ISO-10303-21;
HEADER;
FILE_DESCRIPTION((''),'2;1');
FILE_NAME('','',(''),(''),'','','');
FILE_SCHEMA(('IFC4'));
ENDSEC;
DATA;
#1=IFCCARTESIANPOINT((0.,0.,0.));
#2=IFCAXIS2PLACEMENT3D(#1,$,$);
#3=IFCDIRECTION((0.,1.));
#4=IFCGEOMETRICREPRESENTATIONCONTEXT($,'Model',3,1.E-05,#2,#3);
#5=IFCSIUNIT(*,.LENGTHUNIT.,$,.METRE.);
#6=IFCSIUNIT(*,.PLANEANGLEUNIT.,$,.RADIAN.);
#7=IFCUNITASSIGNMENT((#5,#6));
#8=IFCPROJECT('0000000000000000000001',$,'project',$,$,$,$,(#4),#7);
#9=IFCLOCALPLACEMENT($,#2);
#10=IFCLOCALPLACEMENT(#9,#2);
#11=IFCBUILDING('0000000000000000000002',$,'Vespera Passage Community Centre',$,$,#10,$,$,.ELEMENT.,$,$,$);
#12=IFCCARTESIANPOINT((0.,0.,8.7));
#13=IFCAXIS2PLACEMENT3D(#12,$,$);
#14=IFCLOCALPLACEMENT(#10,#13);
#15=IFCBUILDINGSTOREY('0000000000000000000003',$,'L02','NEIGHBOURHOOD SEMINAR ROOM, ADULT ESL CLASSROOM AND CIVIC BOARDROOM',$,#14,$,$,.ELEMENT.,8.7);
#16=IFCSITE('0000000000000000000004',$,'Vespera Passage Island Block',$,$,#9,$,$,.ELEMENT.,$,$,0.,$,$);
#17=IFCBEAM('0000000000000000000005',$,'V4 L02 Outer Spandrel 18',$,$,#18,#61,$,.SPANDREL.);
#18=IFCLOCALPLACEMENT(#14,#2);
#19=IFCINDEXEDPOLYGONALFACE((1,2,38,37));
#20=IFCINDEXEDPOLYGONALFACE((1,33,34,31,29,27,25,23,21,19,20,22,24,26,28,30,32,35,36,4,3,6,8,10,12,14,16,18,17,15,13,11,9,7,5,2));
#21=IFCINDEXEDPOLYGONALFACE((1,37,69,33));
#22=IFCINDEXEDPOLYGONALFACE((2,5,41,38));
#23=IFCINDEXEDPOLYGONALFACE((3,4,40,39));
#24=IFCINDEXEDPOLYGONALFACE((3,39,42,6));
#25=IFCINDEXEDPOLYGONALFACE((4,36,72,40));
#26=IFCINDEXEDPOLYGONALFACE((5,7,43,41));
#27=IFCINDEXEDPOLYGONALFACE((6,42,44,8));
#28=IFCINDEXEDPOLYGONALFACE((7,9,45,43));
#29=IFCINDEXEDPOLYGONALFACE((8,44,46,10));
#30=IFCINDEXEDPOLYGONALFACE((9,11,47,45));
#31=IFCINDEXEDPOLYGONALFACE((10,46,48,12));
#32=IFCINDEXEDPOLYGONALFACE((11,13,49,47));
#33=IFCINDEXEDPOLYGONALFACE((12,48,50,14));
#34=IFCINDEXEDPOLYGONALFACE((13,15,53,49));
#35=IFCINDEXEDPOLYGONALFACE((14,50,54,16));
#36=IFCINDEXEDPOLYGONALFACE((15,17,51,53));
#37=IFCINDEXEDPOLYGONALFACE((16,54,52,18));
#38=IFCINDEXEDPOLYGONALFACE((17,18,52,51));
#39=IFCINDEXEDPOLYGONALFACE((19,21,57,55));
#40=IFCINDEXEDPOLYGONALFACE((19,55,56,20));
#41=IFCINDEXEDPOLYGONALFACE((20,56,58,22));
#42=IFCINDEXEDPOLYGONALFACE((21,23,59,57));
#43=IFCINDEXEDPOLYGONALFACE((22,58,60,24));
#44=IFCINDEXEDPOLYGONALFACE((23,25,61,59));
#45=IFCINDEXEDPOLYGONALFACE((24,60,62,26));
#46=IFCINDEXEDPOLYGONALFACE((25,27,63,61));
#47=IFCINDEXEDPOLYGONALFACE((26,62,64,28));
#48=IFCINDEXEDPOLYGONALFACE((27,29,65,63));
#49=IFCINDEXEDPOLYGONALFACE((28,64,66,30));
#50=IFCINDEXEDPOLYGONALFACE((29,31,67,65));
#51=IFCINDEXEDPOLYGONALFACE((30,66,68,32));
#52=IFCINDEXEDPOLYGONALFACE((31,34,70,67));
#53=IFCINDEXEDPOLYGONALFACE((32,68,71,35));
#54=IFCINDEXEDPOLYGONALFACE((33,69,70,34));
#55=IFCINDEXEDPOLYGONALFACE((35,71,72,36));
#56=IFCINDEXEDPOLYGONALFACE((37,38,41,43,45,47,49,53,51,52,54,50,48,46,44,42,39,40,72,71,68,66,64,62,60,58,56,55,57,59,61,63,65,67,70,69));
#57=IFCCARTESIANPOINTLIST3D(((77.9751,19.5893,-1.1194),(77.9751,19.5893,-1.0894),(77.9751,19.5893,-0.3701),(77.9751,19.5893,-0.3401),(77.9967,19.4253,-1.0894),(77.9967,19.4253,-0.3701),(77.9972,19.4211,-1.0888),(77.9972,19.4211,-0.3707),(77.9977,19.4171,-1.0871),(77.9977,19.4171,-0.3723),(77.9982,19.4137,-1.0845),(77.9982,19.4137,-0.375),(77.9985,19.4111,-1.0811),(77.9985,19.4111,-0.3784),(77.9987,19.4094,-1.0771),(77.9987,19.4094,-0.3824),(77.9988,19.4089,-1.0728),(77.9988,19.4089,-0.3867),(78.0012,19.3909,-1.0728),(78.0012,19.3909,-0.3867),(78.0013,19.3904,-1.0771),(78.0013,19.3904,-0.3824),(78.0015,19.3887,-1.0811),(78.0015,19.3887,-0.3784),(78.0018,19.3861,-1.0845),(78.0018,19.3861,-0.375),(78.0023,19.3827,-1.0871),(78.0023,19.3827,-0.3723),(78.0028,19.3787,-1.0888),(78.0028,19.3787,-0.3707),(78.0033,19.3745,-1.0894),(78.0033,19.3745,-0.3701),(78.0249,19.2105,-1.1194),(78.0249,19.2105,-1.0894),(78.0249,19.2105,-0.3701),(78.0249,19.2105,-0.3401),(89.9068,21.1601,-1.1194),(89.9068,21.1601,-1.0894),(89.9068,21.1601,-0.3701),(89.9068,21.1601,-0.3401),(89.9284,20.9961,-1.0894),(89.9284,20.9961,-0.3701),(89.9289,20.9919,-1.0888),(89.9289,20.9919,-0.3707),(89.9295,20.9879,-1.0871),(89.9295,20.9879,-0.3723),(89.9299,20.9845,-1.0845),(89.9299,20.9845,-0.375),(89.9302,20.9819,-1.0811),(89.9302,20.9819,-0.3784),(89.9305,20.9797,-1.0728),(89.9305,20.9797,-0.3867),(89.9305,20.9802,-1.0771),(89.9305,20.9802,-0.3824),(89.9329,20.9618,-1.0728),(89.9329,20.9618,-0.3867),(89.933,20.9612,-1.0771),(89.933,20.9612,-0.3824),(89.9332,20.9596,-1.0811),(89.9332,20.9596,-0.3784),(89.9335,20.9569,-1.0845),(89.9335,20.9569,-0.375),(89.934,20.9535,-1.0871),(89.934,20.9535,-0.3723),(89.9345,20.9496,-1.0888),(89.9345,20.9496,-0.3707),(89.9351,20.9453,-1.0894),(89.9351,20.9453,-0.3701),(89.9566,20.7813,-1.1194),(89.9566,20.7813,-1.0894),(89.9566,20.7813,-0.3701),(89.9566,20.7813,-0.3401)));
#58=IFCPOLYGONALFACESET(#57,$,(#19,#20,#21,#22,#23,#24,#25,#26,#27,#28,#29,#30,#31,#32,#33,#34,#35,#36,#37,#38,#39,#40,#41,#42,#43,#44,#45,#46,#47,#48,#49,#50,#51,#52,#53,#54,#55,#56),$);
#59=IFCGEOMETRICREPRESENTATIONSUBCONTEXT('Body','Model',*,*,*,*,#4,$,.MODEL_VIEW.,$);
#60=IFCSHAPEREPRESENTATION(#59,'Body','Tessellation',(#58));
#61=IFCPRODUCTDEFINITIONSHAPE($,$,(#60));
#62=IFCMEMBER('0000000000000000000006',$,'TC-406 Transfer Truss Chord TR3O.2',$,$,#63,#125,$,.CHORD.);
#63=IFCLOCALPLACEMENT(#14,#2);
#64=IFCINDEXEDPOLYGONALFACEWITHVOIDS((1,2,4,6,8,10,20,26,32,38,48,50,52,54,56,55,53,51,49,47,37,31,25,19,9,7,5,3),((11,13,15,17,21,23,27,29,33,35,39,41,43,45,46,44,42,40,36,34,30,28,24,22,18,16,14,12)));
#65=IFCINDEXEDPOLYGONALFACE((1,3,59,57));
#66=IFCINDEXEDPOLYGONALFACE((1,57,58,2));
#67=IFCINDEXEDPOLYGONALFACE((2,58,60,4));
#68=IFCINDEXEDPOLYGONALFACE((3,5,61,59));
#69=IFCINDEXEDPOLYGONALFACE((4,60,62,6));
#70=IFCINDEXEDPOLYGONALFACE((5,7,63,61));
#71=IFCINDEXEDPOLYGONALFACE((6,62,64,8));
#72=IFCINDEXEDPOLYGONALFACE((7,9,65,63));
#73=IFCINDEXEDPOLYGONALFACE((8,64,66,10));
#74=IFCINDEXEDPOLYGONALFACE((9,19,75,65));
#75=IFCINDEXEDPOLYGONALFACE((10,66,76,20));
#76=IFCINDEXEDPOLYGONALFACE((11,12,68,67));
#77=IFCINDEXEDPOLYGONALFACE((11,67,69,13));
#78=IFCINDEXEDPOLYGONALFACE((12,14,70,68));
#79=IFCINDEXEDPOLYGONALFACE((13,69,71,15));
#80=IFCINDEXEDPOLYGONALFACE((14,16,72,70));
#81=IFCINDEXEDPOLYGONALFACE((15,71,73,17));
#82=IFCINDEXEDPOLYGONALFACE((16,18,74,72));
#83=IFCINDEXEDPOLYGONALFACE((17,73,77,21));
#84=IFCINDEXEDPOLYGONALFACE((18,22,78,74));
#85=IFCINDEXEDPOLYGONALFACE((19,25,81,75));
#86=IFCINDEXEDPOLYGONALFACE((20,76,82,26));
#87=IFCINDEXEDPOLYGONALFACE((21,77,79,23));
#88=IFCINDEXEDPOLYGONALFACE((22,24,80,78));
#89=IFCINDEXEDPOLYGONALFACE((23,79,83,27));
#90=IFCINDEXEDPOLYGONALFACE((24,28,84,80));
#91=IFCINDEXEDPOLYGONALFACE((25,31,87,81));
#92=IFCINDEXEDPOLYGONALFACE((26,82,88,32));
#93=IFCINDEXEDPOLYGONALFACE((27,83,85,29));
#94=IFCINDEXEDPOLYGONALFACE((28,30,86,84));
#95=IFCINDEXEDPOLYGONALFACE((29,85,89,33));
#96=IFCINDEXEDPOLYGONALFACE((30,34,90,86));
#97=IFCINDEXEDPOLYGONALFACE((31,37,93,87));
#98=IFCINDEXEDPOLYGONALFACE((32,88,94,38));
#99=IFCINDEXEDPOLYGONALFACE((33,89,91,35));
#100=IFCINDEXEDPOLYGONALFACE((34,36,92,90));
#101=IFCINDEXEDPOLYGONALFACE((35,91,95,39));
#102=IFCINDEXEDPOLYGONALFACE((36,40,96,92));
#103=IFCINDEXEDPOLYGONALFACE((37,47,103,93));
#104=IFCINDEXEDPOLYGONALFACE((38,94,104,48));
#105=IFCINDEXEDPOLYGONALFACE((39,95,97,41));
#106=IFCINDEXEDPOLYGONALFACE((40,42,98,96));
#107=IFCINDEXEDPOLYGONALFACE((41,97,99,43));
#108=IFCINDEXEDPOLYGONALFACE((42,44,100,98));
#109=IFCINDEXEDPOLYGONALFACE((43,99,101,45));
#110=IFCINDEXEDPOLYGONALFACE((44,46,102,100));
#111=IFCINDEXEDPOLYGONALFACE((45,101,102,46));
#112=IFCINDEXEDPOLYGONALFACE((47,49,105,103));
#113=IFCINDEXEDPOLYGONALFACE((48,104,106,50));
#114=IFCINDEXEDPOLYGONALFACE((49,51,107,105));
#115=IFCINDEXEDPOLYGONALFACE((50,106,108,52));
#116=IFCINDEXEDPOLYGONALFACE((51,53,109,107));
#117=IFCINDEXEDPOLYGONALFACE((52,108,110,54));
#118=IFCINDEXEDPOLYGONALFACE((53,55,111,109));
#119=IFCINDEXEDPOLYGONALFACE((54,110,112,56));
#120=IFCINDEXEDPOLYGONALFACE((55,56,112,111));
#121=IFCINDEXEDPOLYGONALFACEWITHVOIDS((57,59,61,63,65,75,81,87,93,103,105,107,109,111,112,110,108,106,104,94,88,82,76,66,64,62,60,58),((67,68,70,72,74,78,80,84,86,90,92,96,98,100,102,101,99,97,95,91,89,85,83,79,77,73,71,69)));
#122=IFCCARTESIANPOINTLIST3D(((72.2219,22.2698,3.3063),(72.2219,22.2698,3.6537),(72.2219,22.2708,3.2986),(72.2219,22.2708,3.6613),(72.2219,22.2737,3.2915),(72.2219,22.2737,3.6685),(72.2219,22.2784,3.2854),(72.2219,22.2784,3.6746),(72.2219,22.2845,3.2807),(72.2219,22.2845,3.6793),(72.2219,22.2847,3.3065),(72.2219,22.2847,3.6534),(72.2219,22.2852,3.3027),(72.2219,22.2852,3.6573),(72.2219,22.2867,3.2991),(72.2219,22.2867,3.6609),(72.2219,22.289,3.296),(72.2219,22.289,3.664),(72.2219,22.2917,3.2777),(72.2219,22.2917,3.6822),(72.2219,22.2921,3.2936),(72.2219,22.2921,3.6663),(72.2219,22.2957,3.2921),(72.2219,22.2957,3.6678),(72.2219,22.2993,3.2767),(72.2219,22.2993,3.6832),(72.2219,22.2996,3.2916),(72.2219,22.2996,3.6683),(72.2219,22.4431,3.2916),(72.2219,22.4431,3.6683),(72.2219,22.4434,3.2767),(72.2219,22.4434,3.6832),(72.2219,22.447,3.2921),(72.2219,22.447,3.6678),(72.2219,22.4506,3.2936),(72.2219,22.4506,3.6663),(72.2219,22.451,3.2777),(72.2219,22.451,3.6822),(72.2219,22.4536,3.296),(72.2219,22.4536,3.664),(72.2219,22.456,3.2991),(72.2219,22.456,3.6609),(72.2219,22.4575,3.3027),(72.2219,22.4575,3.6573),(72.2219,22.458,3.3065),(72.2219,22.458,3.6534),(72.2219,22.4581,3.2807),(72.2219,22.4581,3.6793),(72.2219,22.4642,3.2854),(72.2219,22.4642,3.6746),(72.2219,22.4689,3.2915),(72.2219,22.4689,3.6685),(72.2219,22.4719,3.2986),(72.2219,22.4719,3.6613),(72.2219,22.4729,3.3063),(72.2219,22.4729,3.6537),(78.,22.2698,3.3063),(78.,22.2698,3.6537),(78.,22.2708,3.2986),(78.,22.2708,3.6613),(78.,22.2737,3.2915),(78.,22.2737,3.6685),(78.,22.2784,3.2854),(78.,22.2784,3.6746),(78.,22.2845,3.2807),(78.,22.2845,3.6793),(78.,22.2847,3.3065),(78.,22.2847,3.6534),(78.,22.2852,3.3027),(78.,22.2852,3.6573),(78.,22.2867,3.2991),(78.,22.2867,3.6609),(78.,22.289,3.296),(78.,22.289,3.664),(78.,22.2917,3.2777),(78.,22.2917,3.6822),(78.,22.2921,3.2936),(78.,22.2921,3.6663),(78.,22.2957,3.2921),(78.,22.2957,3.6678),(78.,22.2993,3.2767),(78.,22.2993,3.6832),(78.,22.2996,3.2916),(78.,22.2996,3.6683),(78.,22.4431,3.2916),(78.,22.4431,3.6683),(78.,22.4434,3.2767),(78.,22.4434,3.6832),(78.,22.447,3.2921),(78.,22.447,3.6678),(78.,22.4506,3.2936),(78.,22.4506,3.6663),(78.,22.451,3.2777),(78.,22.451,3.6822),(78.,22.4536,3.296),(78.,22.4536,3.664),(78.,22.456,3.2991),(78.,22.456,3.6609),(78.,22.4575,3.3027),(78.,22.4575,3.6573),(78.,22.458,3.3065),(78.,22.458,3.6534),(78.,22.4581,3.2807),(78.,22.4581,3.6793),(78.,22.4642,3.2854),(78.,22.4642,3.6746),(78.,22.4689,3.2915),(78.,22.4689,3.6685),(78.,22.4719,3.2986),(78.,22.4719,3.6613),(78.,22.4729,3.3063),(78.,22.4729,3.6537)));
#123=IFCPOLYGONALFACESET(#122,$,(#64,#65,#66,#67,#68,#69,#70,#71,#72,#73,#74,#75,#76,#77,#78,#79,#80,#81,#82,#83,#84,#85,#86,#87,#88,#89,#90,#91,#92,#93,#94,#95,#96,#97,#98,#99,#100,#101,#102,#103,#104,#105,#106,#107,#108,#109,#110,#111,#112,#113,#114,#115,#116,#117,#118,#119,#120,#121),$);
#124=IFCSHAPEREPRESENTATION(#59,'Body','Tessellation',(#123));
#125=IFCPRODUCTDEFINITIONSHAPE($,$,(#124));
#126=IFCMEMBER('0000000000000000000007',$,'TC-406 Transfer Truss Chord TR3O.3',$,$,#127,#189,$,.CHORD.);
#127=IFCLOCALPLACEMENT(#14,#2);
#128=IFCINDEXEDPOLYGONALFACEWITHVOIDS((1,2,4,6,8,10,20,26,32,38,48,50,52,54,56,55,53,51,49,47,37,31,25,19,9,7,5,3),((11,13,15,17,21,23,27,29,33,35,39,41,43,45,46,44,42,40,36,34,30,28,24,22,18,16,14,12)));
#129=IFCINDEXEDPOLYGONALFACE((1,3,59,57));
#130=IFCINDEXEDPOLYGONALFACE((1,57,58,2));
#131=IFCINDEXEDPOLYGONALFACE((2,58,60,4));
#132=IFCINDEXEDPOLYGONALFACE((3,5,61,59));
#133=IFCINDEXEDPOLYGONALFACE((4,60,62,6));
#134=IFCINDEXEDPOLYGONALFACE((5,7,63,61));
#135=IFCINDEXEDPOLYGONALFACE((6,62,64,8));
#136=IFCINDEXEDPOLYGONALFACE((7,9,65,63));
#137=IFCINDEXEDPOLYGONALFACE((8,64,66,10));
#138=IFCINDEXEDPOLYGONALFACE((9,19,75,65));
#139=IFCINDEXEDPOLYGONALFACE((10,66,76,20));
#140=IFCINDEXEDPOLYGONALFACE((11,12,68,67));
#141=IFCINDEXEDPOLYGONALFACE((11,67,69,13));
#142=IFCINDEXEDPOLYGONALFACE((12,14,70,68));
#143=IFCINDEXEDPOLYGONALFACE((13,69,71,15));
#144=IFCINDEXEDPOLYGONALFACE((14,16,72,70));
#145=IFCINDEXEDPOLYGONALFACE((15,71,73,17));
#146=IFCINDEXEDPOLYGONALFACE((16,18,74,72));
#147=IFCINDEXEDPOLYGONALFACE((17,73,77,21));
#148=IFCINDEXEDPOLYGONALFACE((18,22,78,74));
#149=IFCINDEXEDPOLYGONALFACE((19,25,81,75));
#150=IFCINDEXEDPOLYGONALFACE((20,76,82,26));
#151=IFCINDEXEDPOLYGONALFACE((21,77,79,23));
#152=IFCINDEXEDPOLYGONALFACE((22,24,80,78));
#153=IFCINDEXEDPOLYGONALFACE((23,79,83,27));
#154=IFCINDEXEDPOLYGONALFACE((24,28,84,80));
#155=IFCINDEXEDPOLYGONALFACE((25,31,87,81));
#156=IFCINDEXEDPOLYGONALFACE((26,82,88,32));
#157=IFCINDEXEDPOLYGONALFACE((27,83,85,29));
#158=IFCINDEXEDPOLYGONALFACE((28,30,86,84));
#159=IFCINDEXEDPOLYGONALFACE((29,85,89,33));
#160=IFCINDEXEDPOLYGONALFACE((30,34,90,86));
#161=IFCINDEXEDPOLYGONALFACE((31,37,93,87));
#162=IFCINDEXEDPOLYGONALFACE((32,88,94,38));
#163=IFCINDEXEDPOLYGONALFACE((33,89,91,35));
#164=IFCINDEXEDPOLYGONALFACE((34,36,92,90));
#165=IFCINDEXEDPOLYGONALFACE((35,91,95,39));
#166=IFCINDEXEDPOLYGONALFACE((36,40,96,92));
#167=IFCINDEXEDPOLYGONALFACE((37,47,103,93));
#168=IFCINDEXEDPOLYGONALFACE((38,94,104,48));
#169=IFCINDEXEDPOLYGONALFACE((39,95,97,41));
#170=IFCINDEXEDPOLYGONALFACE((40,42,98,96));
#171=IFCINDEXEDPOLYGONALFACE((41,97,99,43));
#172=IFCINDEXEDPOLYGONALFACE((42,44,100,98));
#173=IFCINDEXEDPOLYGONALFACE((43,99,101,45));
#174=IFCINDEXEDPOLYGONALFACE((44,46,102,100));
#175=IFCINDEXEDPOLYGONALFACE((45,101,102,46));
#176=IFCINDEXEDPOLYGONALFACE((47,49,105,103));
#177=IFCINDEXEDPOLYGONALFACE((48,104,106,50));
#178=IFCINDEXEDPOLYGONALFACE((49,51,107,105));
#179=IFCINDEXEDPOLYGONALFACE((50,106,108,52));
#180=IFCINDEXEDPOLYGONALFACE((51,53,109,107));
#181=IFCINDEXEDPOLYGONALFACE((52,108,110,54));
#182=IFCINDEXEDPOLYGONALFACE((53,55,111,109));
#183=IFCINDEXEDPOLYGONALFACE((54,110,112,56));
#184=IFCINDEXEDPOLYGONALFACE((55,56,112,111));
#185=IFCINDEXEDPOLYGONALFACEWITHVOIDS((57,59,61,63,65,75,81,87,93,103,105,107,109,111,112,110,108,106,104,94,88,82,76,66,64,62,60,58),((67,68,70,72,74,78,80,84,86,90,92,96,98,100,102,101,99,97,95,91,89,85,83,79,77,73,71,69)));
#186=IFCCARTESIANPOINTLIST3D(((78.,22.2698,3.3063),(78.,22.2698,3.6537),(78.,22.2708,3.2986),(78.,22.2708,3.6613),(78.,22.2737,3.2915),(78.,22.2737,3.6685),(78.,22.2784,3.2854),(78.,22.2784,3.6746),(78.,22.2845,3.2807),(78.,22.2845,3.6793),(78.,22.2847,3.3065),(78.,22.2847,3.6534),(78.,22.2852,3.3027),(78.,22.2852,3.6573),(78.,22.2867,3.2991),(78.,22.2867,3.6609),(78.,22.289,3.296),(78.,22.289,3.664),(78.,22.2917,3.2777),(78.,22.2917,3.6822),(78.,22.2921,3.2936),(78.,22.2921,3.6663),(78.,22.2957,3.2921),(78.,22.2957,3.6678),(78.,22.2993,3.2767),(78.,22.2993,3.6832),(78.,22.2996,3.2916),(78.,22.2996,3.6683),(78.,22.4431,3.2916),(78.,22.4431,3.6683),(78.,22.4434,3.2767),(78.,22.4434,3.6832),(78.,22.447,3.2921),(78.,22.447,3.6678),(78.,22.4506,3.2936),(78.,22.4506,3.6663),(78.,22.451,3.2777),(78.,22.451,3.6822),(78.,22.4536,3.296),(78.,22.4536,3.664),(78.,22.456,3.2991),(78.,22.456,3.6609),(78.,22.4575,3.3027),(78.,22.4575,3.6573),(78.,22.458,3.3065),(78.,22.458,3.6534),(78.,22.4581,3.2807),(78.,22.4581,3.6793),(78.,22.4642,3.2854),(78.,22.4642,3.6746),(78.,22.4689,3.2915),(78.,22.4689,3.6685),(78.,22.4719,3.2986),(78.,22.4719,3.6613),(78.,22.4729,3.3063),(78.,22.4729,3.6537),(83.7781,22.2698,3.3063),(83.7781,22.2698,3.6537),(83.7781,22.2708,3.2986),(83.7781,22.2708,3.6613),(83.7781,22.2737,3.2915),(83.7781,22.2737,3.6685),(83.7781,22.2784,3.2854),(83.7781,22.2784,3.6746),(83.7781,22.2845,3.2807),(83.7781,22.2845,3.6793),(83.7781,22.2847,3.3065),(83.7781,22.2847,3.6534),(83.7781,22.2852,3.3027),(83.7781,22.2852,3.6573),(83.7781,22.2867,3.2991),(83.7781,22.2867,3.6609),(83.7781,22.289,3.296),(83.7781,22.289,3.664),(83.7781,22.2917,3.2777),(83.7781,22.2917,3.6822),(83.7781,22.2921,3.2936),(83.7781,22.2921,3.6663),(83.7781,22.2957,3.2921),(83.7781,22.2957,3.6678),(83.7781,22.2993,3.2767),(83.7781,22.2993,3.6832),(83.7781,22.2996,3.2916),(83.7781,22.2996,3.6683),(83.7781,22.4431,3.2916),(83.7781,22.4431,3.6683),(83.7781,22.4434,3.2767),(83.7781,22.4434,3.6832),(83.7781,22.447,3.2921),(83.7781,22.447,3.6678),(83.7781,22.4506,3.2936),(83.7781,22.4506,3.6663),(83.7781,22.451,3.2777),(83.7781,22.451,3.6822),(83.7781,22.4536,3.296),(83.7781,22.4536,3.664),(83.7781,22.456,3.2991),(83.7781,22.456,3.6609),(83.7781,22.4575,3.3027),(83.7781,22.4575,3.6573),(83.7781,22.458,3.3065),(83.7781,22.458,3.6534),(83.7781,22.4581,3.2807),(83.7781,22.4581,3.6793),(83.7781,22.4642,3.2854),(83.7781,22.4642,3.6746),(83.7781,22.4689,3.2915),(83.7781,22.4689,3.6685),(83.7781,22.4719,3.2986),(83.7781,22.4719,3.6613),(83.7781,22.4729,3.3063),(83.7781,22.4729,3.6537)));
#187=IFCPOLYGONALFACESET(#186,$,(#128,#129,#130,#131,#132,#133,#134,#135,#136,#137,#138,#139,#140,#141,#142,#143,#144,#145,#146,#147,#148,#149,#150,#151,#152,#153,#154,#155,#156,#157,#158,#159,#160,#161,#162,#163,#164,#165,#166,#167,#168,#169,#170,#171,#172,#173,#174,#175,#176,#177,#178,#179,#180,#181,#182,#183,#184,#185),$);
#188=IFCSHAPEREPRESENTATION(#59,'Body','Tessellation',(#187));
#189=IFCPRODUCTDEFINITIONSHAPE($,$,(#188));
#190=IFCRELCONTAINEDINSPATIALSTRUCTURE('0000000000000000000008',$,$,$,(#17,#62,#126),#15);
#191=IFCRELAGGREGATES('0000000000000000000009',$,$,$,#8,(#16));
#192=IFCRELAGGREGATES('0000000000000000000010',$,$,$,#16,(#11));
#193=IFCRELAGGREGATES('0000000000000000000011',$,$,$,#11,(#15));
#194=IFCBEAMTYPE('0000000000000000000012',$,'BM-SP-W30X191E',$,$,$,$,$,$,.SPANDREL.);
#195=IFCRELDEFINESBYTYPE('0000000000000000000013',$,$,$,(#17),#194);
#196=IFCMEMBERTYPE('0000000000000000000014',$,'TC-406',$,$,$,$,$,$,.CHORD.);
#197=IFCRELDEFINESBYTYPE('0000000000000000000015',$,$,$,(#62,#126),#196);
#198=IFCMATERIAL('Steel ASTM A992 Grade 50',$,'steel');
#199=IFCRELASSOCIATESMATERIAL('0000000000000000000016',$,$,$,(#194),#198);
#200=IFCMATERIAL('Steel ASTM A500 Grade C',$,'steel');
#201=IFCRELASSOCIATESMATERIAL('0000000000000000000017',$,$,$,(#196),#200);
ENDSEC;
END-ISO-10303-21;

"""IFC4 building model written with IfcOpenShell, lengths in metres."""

from ifc_helpers import new_model, si_unit, direction, frame, origin, origin_2d, place, context, subcontext, project, spatial, hollow_rectangle, i_section, extrude, material, material_profile, profile_set, type_object, element, save


model = new_model("IFC4")

# Units and contexts
model_context = context("Model", 3, precision=1e-05, world=origin(), true_north=direction((0.0, 1.0)))
body_context = subcontext(model_context, "Body", "Model", "MODEL_VIEW")
ifc_project = project(units=[si_unit("LENGTHUNIT", "METRE"), si_unit("PLANEANGLEUNIT", "RADIAN")], contexts=[model_context])

# Site, building, storey
site_placement = place(None, origin())
site = spatial("IfcSite", under=ifc_project, at=site_placement, Name="Vespera Passage Island Block", CompositionType="ELEMENT", RefElevation=0.0)
building_placement = place(site_placement, origin())
building = spatial("IfcBuilding", under=site, at=building_placement, Name="Vespera Passage Community Centre", CompositionType="ELEMENT")
storey_placement = place(building_placement, frame((0.0, 0.0, 8.7)))
storey = spatial("IfcBuildingStorey", under=building, at=storey_placement, Name="L02", Description="NEIGHBOURHOOD SEMINAR ROOM, ADULT ESL CLASSROOM AND CIVIC BOARDROOM", CompositionType="ELEMENT", Elevation=8.7)

# Beam
ifc_material_1 = material(Name="Steel ASTM A992 Grade 50", Category="steel")
ifc_material_profile_1 = material_profile(ifc_material_1, i_section(OverallWidth=0.3821, OverallDepth=0.7793, WebThickness=0.0181, FlangeThickness=0.03, FilletRadius=0.0166, at=origin_2d()), Name="W30X191")
ifc_profile_set_1 = profile_set([ifc_material_profile_1], Name="Steel ASTM A992 Grade 50")
beam_type_1 = type_object("IfcBeamType", Name="BM-SP-W30X191E", PredefinedType="SPANDREL", material=ifc_profile_set_1)
beam_1_placement = place(storey_placement, frame((78.0, 19.3999, -0.7297), z_axis=(0.991445, 0.130524, 0.0), x_axis=(-0.130524, 0.991445, 0.0)))
element("IfcBeam", 1, at=beam_1_placement, inside=storey, type_object=beam_type_1, Name="V4 L02 Outer Spandrel 18", PredefinedType="SPANDREL", context=body_context, shape_type="SweptSolid", body=[
    extrude(i_section(OverallWidth=0.3821, OverallDepth=0.7793, WebThickness=0.0181, FlangeThickness=0.03, FilletRadius=0.0166, at=origin_2d()), origin(), (0.0, 0.0, 1.0), 12.0347),
])

# Members
ifc_material_2 = material(Name="Steel ASTM A500 Grade C", Category="steel")
ifc_material_profile_2 = material_profile(ifc_material_2, hollow_rectangle(XDim=0.2031, YDim=0.4065, WallThickness=0.0149, InnerFilletRadius=0.0149, OuterFilletRadius=0.0295, at=origin_2d()), Name="HSS406X203X15.9")
ifc_profile_set_2 = profile_set([ifc_material_profile_2], Name="Steel ASTM A500 Grade C")
member_type_1 = type_object("IfcMemberType", Name="TC-406", PredefinedType="CHORD", material=ifc_profile_set_2)
for number, where, z_axis, x_axis, name in (
    (2, (72.2219, 22.3713, 3.48), (1.0, 0.0, 0.0), (0.0, 1.0, 0.0), "TC-406 Transfer Truss Chord TR3O.2"),
    (3, (78.0, 22.3713, 3.48), (1.0, 0.0, 0.0), (0.0, 1.0, 0.0), "TC-406 Transfer Truss Chord TR3O.3"),
):
    element("IfcMember", number, at=place(storey_placement, frame(where, z_axis=z_axis, x_axis=x_axis)), inside=storey, type_object=member_type_1, Name=name, PredefinedType="CHORD", context=body_context, shape_type="SweptSolid", body=[
        extrude(hollow_rectangle(XDim=0.2031, YDim=0.4065, WallThickness=0.0149, InnerFilletRadius=0.0149, OuterFilletRadius=0.0295, at=origin_2d()), origin(), (0.0, 0.0, 1.0), 5.7781),
    ])

save(model, "model.ifc")
